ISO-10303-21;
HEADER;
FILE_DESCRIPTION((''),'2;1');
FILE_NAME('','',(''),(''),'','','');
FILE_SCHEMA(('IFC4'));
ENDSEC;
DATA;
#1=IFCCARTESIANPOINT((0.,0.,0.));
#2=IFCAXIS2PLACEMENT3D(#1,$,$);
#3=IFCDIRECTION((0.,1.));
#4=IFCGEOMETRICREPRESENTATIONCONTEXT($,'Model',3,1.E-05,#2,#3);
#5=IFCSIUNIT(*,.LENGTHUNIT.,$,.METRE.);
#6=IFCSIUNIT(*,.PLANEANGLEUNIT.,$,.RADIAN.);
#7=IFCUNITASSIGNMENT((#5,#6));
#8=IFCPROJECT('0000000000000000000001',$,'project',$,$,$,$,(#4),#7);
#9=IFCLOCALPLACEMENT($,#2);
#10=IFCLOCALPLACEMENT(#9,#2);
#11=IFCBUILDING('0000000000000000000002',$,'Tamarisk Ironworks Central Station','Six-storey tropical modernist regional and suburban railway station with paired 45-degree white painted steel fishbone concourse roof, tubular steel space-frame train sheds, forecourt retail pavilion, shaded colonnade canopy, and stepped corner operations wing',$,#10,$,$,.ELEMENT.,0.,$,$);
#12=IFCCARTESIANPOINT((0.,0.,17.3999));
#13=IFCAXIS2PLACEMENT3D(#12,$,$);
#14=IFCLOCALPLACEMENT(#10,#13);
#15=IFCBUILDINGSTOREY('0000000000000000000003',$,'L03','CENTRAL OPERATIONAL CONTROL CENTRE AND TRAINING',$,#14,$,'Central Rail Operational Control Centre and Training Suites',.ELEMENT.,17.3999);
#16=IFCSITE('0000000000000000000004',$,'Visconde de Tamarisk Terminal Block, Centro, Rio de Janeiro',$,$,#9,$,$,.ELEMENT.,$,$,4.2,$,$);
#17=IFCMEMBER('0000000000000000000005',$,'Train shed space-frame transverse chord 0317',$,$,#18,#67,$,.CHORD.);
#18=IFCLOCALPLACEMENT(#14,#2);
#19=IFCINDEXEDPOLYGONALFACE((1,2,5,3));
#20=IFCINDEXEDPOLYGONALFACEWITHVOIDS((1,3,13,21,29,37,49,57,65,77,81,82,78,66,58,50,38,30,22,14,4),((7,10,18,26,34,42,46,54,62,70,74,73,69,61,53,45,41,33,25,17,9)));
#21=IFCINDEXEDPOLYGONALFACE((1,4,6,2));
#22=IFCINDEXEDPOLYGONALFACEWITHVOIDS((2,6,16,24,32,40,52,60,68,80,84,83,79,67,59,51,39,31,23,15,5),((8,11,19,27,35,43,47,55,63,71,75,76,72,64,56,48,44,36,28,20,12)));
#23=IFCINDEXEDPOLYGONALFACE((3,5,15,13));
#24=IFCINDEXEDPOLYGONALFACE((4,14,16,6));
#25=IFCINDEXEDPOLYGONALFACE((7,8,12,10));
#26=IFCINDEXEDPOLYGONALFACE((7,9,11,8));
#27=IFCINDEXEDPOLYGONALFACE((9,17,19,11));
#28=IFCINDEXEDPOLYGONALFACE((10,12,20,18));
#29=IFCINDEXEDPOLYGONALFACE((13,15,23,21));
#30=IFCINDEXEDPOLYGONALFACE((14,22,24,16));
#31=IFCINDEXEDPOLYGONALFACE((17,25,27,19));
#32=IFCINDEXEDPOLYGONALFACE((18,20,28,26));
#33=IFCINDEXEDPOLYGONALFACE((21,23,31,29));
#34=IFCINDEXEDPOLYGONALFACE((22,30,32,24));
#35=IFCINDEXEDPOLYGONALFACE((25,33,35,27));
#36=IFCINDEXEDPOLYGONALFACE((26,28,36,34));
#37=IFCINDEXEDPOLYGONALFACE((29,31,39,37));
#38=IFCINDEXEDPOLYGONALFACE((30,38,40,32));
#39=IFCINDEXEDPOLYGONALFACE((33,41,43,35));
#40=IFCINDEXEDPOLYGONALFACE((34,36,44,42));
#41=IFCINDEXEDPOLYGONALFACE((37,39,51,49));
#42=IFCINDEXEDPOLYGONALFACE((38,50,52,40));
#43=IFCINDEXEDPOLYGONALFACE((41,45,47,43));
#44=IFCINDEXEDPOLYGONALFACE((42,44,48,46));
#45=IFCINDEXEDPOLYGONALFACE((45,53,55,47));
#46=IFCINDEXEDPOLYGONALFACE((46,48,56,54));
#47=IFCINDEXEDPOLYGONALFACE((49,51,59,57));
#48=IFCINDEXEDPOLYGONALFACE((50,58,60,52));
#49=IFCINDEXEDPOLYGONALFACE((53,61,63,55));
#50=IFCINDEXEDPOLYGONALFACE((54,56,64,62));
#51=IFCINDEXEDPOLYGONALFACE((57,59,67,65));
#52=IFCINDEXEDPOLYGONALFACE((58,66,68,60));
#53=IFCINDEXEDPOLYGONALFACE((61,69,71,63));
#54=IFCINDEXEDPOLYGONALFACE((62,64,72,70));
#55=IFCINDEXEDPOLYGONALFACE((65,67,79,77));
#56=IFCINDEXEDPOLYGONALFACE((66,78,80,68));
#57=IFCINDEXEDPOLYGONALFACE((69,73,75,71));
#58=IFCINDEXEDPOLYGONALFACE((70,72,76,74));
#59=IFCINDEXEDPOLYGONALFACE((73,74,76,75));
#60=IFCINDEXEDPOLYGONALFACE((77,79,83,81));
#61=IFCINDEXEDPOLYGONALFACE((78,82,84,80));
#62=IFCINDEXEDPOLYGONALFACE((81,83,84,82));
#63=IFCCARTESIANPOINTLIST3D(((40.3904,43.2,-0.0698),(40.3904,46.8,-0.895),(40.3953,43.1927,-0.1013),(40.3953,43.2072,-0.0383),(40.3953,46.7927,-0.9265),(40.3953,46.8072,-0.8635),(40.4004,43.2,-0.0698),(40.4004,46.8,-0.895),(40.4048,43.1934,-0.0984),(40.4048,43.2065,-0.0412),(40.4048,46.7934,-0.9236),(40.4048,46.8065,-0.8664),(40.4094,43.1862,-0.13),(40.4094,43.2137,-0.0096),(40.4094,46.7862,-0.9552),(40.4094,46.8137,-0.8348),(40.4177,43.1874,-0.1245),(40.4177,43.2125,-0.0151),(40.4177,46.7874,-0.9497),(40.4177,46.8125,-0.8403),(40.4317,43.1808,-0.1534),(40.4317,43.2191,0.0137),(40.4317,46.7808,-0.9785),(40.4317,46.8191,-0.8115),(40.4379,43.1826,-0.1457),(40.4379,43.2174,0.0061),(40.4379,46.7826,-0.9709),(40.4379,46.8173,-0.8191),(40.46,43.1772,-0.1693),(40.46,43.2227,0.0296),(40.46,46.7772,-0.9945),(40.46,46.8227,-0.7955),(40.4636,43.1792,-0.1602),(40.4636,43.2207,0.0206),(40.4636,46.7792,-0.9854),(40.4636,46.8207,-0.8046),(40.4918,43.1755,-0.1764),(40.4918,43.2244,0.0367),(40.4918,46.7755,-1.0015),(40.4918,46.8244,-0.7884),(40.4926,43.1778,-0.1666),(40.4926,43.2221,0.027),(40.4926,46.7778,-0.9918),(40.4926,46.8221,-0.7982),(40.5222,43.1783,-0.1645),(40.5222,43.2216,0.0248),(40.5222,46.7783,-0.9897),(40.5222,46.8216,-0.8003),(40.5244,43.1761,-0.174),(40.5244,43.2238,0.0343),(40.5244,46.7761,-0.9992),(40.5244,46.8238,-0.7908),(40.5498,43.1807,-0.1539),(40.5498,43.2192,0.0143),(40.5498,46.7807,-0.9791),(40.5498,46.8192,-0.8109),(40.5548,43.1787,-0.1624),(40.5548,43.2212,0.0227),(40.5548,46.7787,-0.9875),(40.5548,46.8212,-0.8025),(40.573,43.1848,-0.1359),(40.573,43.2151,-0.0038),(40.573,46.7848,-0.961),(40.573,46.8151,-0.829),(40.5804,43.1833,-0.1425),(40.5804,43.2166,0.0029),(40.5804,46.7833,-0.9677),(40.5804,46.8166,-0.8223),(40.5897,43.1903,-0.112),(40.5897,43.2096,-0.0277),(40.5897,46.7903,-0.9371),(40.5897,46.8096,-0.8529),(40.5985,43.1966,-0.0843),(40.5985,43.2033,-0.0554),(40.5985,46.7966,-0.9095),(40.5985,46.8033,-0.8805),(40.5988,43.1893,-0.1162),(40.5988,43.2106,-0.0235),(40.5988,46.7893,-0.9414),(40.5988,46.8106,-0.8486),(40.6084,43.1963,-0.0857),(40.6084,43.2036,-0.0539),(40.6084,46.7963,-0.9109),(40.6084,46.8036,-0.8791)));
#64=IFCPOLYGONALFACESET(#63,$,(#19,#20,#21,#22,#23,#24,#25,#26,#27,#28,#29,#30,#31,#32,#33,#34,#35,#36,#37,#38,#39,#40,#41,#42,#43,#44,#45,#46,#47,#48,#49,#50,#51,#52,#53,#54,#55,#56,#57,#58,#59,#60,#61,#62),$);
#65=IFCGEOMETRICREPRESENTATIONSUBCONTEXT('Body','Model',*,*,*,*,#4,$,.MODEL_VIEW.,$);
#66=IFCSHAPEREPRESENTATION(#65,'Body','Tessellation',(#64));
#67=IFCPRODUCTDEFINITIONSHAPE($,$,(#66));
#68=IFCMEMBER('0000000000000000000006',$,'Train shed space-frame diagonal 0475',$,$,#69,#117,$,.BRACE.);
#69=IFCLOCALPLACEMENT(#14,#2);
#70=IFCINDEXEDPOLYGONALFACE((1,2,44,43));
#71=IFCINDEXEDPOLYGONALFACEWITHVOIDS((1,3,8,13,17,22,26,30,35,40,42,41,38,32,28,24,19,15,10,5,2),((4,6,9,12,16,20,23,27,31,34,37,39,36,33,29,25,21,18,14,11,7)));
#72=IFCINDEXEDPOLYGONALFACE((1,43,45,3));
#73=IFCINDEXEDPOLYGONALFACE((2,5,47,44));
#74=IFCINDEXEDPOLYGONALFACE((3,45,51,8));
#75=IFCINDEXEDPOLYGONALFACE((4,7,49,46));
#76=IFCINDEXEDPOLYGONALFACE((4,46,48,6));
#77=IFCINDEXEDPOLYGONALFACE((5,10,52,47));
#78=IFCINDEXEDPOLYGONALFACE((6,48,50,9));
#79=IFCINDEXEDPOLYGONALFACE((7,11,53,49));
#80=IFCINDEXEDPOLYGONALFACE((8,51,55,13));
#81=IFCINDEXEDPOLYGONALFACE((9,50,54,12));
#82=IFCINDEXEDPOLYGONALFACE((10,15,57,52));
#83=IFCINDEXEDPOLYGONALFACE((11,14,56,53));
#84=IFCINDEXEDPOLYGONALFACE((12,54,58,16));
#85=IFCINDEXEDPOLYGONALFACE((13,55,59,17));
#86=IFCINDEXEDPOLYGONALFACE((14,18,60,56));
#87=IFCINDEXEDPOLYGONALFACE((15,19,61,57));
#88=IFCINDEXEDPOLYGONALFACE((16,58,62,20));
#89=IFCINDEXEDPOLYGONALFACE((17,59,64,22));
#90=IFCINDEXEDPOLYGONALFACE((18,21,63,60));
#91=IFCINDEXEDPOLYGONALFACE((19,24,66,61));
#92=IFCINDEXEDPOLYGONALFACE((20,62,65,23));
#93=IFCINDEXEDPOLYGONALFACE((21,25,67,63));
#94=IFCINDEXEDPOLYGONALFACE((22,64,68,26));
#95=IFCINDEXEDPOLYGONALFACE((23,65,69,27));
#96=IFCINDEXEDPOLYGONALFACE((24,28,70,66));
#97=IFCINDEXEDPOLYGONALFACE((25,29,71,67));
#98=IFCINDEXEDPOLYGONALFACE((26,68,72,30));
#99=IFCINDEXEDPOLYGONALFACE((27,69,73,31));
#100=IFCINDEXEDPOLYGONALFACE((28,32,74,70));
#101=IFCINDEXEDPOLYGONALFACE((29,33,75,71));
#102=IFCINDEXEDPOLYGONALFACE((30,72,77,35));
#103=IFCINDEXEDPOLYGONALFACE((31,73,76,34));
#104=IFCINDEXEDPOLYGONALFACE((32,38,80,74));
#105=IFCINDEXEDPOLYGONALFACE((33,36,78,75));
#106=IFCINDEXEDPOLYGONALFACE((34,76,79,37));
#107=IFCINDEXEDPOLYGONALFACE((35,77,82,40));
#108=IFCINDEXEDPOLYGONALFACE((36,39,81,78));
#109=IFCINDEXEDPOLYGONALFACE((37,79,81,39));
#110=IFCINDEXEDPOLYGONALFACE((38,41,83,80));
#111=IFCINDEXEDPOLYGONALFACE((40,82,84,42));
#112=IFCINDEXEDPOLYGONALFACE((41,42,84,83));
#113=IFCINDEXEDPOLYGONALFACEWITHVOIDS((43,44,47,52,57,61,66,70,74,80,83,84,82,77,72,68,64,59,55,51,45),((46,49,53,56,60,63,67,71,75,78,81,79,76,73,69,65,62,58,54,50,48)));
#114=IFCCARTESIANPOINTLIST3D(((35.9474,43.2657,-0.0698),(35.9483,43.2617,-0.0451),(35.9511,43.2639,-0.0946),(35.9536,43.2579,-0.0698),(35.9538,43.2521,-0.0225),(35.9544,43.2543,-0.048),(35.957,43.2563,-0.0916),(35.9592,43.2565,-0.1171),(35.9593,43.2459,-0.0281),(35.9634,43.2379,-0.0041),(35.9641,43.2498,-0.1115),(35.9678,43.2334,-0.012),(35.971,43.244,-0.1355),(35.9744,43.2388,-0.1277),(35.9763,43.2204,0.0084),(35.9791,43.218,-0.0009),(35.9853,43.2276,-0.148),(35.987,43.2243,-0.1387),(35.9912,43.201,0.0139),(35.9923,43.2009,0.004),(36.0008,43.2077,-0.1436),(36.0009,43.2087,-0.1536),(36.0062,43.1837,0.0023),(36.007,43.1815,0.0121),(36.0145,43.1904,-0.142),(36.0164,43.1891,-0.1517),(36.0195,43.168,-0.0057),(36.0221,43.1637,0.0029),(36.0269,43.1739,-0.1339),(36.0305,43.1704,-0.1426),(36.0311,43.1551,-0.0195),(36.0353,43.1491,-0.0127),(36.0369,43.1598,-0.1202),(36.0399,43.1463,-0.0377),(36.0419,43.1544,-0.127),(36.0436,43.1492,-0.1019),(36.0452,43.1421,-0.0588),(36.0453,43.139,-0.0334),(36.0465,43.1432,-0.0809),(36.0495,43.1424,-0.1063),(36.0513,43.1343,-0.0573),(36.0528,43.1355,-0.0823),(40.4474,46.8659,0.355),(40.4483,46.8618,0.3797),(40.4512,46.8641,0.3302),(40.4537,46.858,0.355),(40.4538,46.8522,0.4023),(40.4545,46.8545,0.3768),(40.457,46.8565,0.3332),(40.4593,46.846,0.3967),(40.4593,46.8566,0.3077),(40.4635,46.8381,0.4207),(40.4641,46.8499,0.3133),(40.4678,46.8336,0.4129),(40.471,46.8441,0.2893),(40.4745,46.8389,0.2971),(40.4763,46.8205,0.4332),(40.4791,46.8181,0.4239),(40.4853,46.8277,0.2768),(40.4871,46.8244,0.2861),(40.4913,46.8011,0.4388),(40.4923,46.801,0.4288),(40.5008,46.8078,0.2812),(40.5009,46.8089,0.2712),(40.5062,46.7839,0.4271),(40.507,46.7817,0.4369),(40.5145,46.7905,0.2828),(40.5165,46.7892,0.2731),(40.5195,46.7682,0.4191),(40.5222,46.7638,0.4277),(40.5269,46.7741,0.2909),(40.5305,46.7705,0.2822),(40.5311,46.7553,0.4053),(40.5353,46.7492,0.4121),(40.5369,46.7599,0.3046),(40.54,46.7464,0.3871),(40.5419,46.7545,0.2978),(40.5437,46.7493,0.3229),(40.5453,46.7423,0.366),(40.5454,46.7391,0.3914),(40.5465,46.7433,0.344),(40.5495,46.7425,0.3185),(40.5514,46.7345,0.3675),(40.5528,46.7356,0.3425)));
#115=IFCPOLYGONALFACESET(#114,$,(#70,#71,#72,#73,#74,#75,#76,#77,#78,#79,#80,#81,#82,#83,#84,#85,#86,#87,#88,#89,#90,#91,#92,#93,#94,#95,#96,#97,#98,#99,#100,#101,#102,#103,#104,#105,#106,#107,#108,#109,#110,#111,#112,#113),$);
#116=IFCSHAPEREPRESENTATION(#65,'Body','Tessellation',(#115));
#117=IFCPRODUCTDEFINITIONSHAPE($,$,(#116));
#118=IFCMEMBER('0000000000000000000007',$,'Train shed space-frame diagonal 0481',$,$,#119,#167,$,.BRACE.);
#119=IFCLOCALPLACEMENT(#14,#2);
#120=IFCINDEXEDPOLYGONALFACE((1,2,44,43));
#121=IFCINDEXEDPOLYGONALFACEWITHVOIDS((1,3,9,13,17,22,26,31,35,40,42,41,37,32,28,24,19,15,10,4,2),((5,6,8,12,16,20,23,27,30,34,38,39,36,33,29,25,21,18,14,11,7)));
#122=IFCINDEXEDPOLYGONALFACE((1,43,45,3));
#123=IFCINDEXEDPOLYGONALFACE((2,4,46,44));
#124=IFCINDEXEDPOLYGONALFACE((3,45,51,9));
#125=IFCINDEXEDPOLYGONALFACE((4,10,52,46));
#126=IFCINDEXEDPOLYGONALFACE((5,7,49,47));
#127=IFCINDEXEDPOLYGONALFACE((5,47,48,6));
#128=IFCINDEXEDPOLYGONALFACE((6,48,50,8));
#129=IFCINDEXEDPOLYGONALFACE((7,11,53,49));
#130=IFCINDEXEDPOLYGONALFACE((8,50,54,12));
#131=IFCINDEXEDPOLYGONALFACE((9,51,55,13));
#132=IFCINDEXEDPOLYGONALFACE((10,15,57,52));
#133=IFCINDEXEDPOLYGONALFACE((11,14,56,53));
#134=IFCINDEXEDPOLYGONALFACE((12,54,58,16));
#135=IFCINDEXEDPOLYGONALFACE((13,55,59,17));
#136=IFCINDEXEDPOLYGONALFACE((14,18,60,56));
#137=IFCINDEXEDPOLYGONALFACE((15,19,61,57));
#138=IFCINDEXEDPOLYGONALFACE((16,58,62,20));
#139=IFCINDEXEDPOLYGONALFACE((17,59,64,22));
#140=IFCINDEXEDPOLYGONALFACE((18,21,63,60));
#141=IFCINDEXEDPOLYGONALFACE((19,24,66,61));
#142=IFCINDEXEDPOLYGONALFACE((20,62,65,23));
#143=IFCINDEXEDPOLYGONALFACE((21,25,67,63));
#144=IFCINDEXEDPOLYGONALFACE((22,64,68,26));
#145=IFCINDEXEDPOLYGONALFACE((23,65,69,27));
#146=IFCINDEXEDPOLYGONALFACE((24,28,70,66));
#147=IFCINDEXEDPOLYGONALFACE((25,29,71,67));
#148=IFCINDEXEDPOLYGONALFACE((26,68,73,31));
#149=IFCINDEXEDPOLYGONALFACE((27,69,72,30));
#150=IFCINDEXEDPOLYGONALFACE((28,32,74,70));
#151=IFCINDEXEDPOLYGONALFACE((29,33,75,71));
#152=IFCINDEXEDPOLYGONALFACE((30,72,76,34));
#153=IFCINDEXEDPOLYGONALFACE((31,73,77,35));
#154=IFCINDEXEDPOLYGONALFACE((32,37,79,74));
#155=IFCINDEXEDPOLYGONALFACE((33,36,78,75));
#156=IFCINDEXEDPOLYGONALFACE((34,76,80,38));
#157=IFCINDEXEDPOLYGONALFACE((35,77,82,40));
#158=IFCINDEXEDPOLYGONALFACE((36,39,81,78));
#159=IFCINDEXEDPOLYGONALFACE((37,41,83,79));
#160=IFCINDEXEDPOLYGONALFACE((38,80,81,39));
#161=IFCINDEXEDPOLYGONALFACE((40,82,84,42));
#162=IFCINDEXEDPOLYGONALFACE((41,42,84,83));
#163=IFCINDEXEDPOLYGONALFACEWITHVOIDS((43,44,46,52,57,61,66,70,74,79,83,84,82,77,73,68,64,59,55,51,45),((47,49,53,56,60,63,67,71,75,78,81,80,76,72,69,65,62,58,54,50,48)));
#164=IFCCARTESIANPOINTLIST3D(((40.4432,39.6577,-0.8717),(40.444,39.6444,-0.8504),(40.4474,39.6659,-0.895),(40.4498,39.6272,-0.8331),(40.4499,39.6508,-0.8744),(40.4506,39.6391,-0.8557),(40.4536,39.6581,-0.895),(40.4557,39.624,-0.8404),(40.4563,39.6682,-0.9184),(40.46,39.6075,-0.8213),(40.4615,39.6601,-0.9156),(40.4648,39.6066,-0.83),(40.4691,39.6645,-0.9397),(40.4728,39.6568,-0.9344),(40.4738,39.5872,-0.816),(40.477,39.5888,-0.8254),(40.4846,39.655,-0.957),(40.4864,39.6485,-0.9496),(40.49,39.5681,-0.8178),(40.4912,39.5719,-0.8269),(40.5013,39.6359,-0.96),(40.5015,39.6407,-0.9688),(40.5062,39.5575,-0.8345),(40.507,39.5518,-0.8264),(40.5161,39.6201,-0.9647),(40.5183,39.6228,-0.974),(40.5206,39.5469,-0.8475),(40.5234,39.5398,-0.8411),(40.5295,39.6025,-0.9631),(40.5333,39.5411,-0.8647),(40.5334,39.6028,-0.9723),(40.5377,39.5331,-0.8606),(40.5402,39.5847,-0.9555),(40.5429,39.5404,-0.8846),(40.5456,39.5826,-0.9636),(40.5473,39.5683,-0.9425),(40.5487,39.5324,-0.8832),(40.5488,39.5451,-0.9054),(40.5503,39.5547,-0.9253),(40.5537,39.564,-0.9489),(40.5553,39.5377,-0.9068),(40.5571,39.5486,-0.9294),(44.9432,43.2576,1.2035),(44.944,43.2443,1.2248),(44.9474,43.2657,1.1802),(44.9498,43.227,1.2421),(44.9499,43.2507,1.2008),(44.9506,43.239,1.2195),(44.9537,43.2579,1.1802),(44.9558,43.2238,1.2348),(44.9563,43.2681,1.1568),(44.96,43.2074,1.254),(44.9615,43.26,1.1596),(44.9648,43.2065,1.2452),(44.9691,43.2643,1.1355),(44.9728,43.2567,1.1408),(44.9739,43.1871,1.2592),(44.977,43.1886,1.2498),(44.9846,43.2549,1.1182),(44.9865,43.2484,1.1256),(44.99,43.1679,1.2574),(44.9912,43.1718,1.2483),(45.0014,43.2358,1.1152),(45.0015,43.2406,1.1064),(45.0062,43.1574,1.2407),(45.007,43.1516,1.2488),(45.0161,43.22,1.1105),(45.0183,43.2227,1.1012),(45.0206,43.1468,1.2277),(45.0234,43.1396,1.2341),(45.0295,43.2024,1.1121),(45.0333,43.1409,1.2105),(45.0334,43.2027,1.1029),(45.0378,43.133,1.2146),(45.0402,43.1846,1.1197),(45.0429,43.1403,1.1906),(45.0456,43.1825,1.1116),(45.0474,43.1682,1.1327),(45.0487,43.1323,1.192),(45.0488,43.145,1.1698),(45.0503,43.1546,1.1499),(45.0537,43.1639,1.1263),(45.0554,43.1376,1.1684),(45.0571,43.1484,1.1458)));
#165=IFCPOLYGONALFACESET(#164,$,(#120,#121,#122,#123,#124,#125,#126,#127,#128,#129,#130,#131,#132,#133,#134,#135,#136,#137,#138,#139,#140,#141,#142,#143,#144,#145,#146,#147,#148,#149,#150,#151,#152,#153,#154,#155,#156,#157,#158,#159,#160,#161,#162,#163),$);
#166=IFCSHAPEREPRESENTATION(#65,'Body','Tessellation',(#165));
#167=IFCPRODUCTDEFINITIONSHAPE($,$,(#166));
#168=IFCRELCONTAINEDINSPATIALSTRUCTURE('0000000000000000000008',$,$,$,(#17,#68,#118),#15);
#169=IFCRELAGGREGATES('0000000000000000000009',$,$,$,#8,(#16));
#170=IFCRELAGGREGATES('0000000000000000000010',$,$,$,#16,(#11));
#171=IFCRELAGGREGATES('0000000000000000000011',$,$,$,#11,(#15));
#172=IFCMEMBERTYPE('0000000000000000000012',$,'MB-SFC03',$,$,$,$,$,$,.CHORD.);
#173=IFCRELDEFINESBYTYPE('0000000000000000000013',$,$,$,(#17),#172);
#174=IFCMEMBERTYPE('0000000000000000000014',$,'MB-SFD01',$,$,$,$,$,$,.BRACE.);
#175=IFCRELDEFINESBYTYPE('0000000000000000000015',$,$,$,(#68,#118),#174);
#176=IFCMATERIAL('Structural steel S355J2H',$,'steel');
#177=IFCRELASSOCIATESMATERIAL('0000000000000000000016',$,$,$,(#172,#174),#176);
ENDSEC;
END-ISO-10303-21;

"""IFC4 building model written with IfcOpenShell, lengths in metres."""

from ifc_helpers import new_model, si_unit, direction, frame, origin, origin_2d, place, context, subcontext, project, spatial, hollow_circle, extrude, material, material_profile, profile_set, type_object, element, save


model = new_model("IFC4")

# Units and contexts
model_context = context("Model", 3, precision=1e-05, world=origin(), true_north=direction((0.0, 1.0)))
body_context = subcontext(model_context, "Body", "Model", "MODEL_VIEW")
ifc_project = project(units=[si_unit("LENGTHUNIT", "METRE"), si_unit("PLANEANGLEUNIT", "RADIAN")], contexts=[model_context])

# Site, building, storey
site_placement = place(None, origin())
site = spatial("IfcSite", under=ifc_project, at=site_placement, Name="Visconde de Tamarisk Terminal Block, Centro, Rio de Janeiro", CompositionType="ELEMENT", RefElevation=4.2)
building_placement = place(site_placement, origin())
building = spatial("IfcBuilding", under=site, at=building_placement, Name="Tamarisk Ironworks Central Station", Description="Six-storey tropical modernist regional and suburban railway station with paired 45-degree white painted steel fishbone concourse roof, tubular steel space-frame train sheds, forecourt retail pavilion, shaded colonnade canopy, and stepped corner operations wing", CompositionType="ELEMENT", ElevationOfRefHeight=0.0)
storey_placement = place(building_placement, frame((0.0, 0.0, 17.3999)))
storey = spatial("IfcBuildingStorey", under=building, at=storey_placement, Name="L03", Description="CENTRAL OPERATIONAL CONTROL CENTRE AND TRAINING", LongName="Central Rail Operational Control Centre and Training Suites", CompositionType="ELEMENT", Elevation=17.3999)

# Members
ifc_material = material(Name="Structural steel S355J2H", Category="steel")
ifc_material_profile_1 = material_profile(ifc_material, hollow_circle(Radius=0.1096, WallThickness=0.01, at=origin_2d()), Name="CHS 219.1x10")
ifc_profile_set_1 = profile_set([ifc_material_profile_1], Name="Structural steel S355J2H")
member_type_1 = type_object("IfcMemberType", Name="MB-SFC03", PredefinedType="CHORD", material=ifc_profile_set_1)
member_1_placement = place(storey_placement, frame((40.5, 43.2, -0.0698), z_axis=(0.0, 0.974722, -0.223421), x_axis=(-1.0, 0.0, 0.0)))
element("IfcMember", 1, at=member_1_placement, inside=storey, type_object=member_type_1, Name="Train shed space-frame transverse chord 0317", PredefinedType="CHORD", context=body_context, shape_type="SweptSolid", body=[
    extrude(hollow_circle(Radius=0.1096, WallThickness=0.01, at=origin_2d()), origin(), (0.0, 0.0, 1.0), 3.6934),
])
ifc_material_profile_2 = material_profile(ifc_material, hollow_circle(Radius=0.0842, WallThickness=0.01, at=origin_2d()), Name="CHS 168.3x10")
ifc_profile_set_2 = profile_set([ifc_material_profile_2], Name="Structural steel S355J2H")
member_type_2 = type_object("IfcMemberType", Name="MB-SFD01", PredefinedType="BRACE", material=ifc_profile_set_2)
member_2_placement = place(storey_placement, frame((36.0, 43.2, -0.0698), z_axis=(0.778748, 0.623015, 0.073515), x_axis=(-0.624705, 0.780861, 0.0)))
element("IfcMember", 2, at=member_2_placement, inside=storey, type_object=member_type_2, Name="Train shed space-frame diagonal 0475", PredefinedType="BRACE", context=body_context, shape_type="SweptSolid", body=[
    extrude(hollow_circle(Radius=0.0842, WallThickness=0.01, at=origin_2d()), origin(), (0.0, 0.0, 1.0), 5.7786),
])
member_3_placement = place(storey_placement, frame((40.5, 39.6001, -0.895), z_axis=(0.734696, 0.587733, 0.338809), x_axis=(-0.62468, 0.780881, 0.0)))
element("IfcMember", 3, at=member_3_placement, inside=storey, type_object=member_type_2, Name="Train shed space-frame diagonal 0481", PredefinedType="BRACE", context=body_context, shape_type="SweptSolid", body=[
    extrude(hollow_circle(Radius=0.0842, WallThickness=0.01, at=origin_2d()), origin(), (0.0, 0.0, 1.0), 6.125),
])

save(model, "model.ifc")
